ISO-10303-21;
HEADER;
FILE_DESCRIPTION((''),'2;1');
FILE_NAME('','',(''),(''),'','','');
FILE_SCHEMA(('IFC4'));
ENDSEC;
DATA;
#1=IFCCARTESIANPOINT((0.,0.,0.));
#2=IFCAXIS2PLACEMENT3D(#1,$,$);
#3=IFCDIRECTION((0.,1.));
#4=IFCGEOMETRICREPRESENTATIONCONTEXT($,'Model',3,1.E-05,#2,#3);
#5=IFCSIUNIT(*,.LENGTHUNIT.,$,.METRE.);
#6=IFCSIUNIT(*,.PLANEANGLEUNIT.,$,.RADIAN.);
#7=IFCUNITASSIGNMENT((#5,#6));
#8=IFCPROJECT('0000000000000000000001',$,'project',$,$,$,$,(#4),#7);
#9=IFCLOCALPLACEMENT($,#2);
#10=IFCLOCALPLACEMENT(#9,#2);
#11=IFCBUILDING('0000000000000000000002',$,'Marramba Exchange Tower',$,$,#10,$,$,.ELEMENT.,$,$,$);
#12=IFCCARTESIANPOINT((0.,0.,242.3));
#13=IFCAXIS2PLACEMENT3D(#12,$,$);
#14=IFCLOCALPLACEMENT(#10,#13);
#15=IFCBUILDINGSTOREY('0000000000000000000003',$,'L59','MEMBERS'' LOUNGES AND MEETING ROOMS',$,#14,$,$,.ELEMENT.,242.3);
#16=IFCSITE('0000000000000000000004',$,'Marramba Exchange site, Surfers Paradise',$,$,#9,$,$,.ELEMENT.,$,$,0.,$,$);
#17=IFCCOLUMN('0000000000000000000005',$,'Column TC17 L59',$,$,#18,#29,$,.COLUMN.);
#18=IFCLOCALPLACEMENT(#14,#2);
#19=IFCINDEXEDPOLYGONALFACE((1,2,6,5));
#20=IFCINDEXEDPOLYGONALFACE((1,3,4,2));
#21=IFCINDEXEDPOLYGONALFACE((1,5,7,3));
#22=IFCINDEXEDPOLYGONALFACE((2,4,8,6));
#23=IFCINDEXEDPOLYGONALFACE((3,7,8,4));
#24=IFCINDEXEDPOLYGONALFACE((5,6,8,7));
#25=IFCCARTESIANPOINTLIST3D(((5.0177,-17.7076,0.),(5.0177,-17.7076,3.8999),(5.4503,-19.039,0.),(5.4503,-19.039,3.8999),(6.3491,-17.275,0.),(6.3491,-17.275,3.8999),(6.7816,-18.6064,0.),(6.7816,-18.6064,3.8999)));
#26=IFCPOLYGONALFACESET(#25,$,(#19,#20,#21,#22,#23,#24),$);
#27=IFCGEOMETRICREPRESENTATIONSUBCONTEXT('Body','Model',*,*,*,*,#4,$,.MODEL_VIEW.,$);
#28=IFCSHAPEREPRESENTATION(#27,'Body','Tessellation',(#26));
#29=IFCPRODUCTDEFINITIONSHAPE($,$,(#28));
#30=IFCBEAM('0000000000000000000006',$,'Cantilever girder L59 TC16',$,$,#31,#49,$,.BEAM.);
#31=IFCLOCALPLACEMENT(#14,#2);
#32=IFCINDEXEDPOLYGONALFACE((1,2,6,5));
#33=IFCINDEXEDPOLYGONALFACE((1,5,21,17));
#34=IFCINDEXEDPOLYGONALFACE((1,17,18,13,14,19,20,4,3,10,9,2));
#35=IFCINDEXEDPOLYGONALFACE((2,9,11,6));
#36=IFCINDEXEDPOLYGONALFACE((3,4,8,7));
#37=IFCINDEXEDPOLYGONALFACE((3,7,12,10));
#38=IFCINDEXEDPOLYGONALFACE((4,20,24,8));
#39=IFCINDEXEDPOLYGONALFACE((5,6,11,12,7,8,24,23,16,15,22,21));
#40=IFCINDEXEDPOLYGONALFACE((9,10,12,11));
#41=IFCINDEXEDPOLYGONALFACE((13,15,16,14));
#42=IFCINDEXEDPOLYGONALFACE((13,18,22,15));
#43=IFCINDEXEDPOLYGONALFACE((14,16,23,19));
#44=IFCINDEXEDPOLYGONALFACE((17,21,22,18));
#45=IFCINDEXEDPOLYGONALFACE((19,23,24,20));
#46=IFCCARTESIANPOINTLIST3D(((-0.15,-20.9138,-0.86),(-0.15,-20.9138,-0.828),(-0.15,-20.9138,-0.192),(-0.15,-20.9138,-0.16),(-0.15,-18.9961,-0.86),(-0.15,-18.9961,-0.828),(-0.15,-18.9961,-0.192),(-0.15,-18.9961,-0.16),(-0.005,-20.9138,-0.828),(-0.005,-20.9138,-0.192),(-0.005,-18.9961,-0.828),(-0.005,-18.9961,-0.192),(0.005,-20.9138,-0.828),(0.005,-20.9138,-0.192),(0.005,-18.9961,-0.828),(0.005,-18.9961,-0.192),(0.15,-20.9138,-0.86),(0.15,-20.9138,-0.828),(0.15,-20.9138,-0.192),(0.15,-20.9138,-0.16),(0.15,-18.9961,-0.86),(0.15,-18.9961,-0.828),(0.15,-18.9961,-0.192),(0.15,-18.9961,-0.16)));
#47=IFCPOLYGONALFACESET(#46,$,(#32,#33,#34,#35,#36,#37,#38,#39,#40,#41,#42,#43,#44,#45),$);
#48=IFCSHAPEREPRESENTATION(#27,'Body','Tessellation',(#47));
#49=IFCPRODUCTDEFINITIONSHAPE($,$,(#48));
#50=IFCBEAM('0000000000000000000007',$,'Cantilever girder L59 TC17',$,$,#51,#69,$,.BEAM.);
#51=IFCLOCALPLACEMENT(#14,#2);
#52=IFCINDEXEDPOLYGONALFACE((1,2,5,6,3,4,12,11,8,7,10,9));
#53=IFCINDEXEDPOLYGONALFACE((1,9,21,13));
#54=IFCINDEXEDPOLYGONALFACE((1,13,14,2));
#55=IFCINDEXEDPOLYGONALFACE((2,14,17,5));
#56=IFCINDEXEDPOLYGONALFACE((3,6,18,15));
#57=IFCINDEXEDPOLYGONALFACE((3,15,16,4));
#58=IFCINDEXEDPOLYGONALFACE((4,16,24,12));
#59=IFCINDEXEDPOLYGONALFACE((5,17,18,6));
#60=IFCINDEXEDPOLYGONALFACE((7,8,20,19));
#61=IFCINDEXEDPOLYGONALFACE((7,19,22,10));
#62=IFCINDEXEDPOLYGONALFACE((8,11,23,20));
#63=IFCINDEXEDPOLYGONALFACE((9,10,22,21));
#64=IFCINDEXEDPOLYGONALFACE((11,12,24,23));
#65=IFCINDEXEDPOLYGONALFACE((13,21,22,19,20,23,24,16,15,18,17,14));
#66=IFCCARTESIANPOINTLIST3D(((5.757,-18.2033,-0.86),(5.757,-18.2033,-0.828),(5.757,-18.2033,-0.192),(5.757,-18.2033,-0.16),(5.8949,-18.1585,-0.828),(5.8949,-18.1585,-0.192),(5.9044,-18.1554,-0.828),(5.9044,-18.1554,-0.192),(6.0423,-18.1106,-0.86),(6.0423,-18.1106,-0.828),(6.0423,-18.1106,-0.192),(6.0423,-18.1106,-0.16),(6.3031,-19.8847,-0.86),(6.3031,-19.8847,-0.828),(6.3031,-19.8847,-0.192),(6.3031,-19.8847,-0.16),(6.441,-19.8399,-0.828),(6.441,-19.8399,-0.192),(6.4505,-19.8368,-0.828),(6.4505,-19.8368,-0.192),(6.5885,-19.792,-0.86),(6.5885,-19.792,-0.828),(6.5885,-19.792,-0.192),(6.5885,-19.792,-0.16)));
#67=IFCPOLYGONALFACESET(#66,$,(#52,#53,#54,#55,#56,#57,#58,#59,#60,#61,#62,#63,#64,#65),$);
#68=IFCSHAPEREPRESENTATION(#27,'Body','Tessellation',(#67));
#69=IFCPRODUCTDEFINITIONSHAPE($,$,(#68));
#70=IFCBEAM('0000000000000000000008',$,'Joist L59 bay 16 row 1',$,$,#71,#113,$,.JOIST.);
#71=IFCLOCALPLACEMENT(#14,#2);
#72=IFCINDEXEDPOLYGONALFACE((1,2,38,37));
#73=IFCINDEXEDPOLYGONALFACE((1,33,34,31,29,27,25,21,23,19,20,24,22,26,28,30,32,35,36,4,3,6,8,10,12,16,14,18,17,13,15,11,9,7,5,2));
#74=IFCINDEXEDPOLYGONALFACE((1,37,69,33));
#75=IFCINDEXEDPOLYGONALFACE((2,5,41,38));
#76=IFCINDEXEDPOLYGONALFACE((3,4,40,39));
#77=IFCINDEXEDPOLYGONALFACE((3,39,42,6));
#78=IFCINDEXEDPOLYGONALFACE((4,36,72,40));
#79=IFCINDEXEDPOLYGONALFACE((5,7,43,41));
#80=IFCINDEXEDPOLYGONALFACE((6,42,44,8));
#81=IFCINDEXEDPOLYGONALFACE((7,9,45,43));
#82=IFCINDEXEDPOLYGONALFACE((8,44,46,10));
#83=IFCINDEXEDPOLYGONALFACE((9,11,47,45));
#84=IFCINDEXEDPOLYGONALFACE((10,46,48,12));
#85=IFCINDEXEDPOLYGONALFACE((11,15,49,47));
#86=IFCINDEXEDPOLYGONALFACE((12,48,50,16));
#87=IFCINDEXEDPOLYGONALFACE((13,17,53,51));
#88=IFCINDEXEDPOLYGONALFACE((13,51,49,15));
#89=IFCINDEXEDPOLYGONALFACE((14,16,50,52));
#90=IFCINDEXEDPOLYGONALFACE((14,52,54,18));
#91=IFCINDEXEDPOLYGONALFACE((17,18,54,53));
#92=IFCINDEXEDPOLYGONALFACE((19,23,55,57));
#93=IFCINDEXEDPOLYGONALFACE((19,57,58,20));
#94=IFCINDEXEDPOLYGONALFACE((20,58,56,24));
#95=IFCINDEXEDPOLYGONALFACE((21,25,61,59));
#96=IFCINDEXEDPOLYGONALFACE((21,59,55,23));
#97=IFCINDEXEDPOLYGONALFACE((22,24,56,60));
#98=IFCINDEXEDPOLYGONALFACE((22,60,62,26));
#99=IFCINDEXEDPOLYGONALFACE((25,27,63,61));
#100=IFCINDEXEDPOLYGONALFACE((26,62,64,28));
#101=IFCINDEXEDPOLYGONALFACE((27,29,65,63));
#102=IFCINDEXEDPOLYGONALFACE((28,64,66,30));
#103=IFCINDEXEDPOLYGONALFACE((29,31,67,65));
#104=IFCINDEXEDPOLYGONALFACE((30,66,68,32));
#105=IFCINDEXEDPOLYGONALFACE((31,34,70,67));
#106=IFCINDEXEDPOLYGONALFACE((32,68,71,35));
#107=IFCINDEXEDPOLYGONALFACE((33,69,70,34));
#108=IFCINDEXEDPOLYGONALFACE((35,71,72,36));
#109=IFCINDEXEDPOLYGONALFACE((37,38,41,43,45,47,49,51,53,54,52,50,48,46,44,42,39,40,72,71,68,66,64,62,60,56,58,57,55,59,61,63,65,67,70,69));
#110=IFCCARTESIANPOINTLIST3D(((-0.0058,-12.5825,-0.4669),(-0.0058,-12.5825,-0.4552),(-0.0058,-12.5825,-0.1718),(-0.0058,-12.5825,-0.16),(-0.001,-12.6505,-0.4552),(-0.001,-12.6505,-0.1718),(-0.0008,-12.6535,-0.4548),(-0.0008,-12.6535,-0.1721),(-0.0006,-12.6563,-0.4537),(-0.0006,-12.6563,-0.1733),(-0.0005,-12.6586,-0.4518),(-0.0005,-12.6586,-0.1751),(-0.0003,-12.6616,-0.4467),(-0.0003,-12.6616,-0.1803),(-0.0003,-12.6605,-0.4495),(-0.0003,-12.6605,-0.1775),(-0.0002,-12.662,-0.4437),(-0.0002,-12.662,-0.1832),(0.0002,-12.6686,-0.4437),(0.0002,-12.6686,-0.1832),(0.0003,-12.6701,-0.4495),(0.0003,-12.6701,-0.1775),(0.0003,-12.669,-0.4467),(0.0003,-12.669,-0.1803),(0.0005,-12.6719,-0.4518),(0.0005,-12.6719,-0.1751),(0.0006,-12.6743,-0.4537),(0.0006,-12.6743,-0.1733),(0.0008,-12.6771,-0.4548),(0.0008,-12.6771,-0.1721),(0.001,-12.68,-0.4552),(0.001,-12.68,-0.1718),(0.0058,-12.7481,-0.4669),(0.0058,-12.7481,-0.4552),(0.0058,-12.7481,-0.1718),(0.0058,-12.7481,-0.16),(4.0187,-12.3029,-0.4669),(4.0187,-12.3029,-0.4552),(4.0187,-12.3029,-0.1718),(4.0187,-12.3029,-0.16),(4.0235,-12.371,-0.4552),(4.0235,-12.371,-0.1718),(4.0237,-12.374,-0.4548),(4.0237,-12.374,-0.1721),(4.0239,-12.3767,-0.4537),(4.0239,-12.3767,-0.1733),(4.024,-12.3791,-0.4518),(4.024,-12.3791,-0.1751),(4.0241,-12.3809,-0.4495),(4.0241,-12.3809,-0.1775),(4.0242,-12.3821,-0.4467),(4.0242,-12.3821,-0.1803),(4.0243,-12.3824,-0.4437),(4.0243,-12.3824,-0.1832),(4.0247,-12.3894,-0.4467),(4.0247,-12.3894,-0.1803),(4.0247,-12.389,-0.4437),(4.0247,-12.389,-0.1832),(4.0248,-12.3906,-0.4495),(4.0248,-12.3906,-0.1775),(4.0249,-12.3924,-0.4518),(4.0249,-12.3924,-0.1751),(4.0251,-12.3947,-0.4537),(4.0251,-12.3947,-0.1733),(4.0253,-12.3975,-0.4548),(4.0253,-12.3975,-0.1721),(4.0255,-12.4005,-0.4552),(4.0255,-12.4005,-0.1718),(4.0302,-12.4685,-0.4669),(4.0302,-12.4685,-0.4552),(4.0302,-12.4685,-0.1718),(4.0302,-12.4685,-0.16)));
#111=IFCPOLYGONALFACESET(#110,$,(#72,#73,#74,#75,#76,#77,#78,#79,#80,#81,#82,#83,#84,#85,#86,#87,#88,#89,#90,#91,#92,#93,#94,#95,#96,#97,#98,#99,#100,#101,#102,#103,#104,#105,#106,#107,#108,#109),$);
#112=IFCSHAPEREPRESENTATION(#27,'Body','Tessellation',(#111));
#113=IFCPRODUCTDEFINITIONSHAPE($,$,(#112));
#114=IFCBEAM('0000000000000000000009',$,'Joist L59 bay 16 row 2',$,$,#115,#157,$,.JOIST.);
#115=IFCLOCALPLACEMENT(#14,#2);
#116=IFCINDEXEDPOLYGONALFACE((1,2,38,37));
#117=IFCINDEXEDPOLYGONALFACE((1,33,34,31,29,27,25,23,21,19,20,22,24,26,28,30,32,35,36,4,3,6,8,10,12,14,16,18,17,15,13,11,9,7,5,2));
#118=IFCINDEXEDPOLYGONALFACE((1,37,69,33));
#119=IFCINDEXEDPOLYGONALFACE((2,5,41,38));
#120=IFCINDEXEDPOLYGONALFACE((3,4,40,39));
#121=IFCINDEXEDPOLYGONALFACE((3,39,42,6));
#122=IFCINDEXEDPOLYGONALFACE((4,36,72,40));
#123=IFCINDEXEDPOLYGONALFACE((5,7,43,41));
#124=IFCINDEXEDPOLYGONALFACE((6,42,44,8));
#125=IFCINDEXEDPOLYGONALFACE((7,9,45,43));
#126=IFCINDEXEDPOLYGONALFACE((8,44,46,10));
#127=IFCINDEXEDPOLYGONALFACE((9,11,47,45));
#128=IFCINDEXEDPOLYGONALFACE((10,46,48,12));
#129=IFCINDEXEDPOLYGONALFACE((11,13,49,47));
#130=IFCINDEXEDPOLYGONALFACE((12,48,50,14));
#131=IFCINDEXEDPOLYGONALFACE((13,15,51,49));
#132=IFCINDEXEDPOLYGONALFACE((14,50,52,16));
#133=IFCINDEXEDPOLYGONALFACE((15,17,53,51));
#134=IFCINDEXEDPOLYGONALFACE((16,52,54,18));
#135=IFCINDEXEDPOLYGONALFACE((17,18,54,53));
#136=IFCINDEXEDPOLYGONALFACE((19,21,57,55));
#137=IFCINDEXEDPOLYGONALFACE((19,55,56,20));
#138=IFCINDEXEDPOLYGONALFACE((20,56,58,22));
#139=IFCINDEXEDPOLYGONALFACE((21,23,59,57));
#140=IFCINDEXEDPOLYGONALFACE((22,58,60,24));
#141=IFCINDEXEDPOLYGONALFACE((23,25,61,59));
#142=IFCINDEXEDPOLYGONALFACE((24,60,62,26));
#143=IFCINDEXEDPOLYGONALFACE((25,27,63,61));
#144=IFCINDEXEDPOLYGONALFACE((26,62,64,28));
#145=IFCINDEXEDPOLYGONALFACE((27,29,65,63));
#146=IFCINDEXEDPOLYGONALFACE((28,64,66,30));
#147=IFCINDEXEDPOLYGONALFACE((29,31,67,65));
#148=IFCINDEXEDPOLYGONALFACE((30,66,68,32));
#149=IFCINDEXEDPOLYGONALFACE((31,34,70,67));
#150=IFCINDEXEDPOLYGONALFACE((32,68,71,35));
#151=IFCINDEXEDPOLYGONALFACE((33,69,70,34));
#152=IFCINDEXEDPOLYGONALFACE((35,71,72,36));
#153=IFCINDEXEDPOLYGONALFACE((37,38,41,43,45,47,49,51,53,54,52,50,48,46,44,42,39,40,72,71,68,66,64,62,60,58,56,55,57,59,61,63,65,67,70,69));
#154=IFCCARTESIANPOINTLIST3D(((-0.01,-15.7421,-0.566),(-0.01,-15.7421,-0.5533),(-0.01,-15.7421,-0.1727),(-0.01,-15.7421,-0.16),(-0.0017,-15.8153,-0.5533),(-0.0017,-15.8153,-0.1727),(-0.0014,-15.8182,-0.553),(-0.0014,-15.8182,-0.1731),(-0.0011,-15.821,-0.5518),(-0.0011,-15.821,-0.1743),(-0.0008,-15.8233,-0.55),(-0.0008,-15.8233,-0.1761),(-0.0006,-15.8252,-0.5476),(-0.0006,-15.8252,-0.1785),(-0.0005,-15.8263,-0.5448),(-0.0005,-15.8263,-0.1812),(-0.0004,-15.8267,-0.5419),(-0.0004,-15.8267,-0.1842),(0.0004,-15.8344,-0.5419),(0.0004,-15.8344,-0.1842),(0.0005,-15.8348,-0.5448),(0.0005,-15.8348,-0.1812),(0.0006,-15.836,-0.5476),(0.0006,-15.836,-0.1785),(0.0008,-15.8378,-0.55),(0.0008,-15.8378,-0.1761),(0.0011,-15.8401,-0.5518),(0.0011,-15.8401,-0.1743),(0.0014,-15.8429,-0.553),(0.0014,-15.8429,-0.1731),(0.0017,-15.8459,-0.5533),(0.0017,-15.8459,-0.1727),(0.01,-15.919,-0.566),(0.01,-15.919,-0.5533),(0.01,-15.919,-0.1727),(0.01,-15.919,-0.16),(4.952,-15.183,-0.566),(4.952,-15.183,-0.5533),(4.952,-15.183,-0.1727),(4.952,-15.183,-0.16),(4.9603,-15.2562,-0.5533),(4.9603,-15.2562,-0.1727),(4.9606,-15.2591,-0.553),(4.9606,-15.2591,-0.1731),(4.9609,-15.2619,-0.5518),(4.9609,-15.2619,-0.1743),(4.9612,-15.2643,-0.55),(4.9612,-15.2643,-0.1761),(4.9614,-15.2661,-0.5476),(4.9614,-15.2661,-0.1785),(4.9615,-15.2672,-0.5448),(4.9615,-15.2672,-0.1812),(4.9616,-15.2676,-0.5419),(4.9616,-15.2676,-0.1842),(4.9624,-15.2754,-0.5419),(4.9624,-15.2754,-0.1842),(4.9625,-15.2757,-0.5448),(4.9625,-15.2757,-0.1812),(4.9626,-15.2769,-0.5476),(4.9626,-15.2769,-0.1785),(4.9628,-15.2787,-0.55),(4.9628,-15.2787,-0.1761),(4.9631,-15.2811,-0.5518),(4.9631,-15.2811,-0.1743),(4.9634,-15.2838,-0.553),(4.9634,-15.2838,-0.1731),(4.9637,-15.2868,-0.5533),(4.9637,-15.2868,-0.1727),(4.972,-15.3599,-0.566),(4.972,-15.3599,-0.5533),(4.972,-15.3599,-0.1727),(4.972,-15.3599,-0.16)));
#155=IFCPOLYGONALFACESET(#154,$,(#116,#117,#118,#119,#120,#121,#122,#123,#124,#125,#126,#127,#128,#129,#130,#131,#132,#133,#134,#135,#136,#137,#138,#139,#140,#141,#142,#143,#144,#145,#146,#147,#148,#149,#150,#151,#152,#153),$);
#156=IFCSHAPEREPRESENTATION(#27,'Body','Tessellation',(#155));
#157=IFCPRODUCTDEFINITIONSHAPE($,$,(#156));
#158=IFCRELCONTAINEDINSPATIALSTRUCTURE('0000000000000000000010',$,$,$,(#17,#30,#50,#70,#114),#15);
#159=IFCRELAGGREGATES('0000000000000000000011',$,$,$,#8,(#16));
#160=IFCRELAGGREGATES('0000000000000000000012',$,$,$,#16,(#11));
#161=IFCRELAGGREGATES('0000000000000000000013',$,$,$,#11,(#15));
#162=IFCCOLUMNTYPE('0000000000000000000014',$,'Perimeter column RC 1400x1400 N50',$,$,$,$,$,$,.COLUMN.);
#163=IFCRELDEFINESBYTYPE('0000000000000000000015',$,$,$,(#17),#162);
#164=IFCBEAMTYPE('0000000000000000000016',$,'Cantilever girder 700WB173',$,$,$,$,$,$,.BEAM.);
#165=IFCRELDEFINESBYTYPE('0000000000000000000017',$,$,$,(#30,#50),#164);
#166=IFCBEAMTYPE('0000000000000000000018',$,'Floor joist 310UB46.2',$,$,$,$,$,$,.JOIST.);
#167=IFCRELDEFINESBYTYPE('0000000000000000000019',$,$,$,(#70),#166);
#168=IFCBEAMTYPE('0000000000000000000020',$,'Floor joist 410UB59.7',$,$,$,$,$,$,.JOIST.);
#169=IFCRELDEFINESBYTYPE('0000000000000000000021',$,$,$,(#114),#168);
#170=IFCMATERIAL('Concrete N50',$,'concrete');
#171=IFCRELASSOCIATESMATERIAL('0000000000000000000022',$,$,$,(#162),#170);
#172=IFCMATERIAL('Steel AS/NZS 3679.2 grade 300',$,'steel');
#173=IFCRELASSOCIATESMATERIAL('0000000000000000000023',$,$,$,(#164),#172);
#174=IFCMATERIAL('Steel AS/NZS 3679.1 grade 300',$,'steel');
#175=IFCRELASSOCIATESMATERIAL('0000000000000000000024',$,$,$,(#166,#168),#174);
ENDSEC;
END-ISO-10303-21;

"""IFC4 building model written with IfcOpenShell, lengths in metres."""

from ifc_helpers import new_model, si_unit, direction, frame, origin, origin_2d, place, context, subcontext, project, spatial, rectangle, i_section, extrude, material, material_profile, profile_set, type_object, element, save


model = new_model("IFC4")

# Units and contexts
model_context = context("Model", 3, precision=1e-05, world=origin(), true_north=direction((0.0, 1.0)))
body_context = subcontext(model_context, "Body", "Model", "MODEL_VIEW")
ifc_project = project(units=[si_unit("LENGTHUNIT", "METRE"), si_unit("PLANEANGLEUNIT", "RADIAN")], contexts=[model_context])

# Site, building, storey
site_placement = place(None, origin())
site = spatial("IfcSite", under=ifc_project, at=site_placement, Name="Marramba Exchange site, Surfers Paradise", CompositionType="ELEMENT", RefElevation=0.0)
building_placement = place(site_placement, origin())
building = spatial("IfcBuilding", under=site, at=building_placement, Name="Marramba Exchange Tower", CompositionType="ELEMENT")
storey_placement = place(building_placement, frame((0.0, 0.0, 242.3)))
storey = spatial("IfcBuildingStorey", under=building, at=storey_placement, Name="L59", Description="MEMBERS' LOUNGES AND MEETING ROOMS", CompositionType="ELEMENT", Elevation=242.3)

# Column
ifc_material_1 = material(Name="Concrete N50", Category="concrete")
ifc_material_profile_1 = material_profile(ifc_material_1, rectangle(XDim=1.3999, YDim=1.3999, at=origin_2d()), Name="RC 1400x1400")
ifc_profile_set_1 = profile_set([ifc_material_profile_1], Name="Concrete N50")
column_type = type_object("IfcColumnType", Name="Perimeter column RC 1400x1400 N50", PredefinedType="COLUMN", material=ifc_profile_set_1)
column_placement = place(storey_placement, frame((5.8997, -18.157, 0.0), z_axis=(0.0, 0.0, 1.0), x_axis=(0.309017, -0.951057, 0.0)))
element("IfcColumn", 1, at=column_placement, inside=storey, type_object=column_type, Name="Column TC17 L59", PredefinedType="COLUMN", context=body_context, shape_type="SweptSolid", body=[
    extrude(rectangle(XDim=1.3999, YDim=1.3999, at=origin_2d()), origin(), (0.0, 0.0, 1.0), 3.8999),
])

# Beams
ifc_material_2 = material(Name="Steel AS/NZS 3679.2 grade 300", Category="steel")
ifc_material_profile_2 = material_profile(ifc_material_2, i_section(OverallWidth=0.3, OverallDepth=0.7, WebThickness=0.01, FlangeThickness=0.032, at=origin_2d()), Name="700WB173")
ifc_profile_set_2 = profile_set([ifc_material_profile_2], Name="Steel AS/NZS 3679.2 grade 300")
beam_type_1 = type_object("IfcBeamType", Name="Cantilever girder 700WB173", PredefinedType="BEAM", material=ifc_profile_set_2)
beam_1_placement = place(storey_placement, frame((0.0, -18.9961, -0.51), z_axis=(0.0, -1.0, 0.0), x_axis=(1.0, 0.0, 0.0)))
element("IfcBeam", 2, at=beam_1_placement, inside=storey, type_object=beam_type_1, Name="Cantilever girder L59 TC16", PredefinedType="BEAM", context=body_context, shape_type="SweptSolid", body=[
    extrude(i_section(OverallWidth=0.3, OverallDepth=0.7, WebThickness=0.01, FlangeThickness=0.032, at=origin_2d()), origin(), (0.0, 0.0, 1.0), 1.9177),
])
beam_2_placement = place(storey_placement, frame((5.8997, -18.157, -0.51), z_axis=(0.308927, -0.951086, 0.0), x_axis=(0.951086, 0.308927, 0.0)))
element("IfcBeam", 3, at=beam_2_placement, inside=storey, type_object=beam_type_1, Name="Cantilever girder L59 TC17", PredefinedType="BEAM", context=body_context, shape_type="SweptSolid", body=[
    extrude(i_section(OverallWidth=0.3, OverallDepth=0.7, WebThickness=0.01, FlangeThickness=0.032, at=origin_2d()), origin(), (0.0, 0.0, 1.0), 1.7678),
])
ifc_material_3 = material(Name="Steel AS/NZS 3679.1 grade 300", Category="steel")
ifc_material_profile_3 = material_profile(ifc_material_3, i_section(OverallWidth=0.166, OverallDepth=0.3069, WebThickness=0.0066, FlangeThickness=0.0117, FilletRadius=0.0115, at=origin_2d()), Name="310UB46.2")
ifc_profile_set_3 = profile_set([ifc_material_profile_3], Name="Steel AS/NZS 3679.1 grade 300")
beam_type_2 = type_object("IfcBeamType", Name="Floor joist 310UB46.2", PredefinedType="JOIST", material=ifc_profile_set_3)
beam_3_placement = place(storey_placement, frame((0.0, -12.6653, -0.3135), z_axis=(0.997596, 0.069294, 0.0), x_axis=(-0.069294, 0.997596, 0.0)))
element("IfcBeam", 4, at=beam_3_placement, inside=storey, type_object=beam_type_2, Name="Joist L59 bay 16 row 1", PredefinedType="JOIST", context=body_context, shape_type="SweptSolid", body=[
    extrude(i_section(OverallWidth=0.166, OverallDepth=0.3069, WebThickness=0.0066, FlangeThickness=0.0117, FilletRadius=0.0115, at=origin_2d()), origin(), (0.0, 0.0, 1.0), 4.0342),
])
ifc_material_profile_4 = material_profile(ifc_material_3, i_section(OverallWidth=0.178, OverallDepth=0.406, WebThickness=0.0078, FlangeThickness=0.0127, FilletRadius=0.0115, at=origin_2d()), Name="410UB59.7")
ifc_profile_set_4 = profile_set([ifc_material_profile_4], Name="Steel AS/NZS 3679.1 grade 300")
beam_type_3 = type_object("IfcBeamType", Name="Floor joist 410UB59.7", PredefinedType="JOIST", material=ifc_profile_set_4)
beam_4_placement = place(storey_placement, frame((0.0, -15.8306, -0.363), z_axis=(0.993712, 0.111966, 0.0), x_axis=(-0.111966, 0.993712, 0.0)))
element("IfcBeam", 5, at=beam_4_placement, inside=storey, type_object=beam_type_3, Name="Joist L59 bay 16 row 2", PredefinedType="JOIST", context=body_context, shape_type="SweptSolid", body=[
    extrude(i_section(OverallWidth=0.178, OverallDepth=0.406, WebThickness=0.0078, FlangeThickness=0.0127, FilletRadius=0.0115, at=origin_2d()), origin(), (0.0, 0.0, 1.0), 4.9934),
])

save(model, "model.ifc")
